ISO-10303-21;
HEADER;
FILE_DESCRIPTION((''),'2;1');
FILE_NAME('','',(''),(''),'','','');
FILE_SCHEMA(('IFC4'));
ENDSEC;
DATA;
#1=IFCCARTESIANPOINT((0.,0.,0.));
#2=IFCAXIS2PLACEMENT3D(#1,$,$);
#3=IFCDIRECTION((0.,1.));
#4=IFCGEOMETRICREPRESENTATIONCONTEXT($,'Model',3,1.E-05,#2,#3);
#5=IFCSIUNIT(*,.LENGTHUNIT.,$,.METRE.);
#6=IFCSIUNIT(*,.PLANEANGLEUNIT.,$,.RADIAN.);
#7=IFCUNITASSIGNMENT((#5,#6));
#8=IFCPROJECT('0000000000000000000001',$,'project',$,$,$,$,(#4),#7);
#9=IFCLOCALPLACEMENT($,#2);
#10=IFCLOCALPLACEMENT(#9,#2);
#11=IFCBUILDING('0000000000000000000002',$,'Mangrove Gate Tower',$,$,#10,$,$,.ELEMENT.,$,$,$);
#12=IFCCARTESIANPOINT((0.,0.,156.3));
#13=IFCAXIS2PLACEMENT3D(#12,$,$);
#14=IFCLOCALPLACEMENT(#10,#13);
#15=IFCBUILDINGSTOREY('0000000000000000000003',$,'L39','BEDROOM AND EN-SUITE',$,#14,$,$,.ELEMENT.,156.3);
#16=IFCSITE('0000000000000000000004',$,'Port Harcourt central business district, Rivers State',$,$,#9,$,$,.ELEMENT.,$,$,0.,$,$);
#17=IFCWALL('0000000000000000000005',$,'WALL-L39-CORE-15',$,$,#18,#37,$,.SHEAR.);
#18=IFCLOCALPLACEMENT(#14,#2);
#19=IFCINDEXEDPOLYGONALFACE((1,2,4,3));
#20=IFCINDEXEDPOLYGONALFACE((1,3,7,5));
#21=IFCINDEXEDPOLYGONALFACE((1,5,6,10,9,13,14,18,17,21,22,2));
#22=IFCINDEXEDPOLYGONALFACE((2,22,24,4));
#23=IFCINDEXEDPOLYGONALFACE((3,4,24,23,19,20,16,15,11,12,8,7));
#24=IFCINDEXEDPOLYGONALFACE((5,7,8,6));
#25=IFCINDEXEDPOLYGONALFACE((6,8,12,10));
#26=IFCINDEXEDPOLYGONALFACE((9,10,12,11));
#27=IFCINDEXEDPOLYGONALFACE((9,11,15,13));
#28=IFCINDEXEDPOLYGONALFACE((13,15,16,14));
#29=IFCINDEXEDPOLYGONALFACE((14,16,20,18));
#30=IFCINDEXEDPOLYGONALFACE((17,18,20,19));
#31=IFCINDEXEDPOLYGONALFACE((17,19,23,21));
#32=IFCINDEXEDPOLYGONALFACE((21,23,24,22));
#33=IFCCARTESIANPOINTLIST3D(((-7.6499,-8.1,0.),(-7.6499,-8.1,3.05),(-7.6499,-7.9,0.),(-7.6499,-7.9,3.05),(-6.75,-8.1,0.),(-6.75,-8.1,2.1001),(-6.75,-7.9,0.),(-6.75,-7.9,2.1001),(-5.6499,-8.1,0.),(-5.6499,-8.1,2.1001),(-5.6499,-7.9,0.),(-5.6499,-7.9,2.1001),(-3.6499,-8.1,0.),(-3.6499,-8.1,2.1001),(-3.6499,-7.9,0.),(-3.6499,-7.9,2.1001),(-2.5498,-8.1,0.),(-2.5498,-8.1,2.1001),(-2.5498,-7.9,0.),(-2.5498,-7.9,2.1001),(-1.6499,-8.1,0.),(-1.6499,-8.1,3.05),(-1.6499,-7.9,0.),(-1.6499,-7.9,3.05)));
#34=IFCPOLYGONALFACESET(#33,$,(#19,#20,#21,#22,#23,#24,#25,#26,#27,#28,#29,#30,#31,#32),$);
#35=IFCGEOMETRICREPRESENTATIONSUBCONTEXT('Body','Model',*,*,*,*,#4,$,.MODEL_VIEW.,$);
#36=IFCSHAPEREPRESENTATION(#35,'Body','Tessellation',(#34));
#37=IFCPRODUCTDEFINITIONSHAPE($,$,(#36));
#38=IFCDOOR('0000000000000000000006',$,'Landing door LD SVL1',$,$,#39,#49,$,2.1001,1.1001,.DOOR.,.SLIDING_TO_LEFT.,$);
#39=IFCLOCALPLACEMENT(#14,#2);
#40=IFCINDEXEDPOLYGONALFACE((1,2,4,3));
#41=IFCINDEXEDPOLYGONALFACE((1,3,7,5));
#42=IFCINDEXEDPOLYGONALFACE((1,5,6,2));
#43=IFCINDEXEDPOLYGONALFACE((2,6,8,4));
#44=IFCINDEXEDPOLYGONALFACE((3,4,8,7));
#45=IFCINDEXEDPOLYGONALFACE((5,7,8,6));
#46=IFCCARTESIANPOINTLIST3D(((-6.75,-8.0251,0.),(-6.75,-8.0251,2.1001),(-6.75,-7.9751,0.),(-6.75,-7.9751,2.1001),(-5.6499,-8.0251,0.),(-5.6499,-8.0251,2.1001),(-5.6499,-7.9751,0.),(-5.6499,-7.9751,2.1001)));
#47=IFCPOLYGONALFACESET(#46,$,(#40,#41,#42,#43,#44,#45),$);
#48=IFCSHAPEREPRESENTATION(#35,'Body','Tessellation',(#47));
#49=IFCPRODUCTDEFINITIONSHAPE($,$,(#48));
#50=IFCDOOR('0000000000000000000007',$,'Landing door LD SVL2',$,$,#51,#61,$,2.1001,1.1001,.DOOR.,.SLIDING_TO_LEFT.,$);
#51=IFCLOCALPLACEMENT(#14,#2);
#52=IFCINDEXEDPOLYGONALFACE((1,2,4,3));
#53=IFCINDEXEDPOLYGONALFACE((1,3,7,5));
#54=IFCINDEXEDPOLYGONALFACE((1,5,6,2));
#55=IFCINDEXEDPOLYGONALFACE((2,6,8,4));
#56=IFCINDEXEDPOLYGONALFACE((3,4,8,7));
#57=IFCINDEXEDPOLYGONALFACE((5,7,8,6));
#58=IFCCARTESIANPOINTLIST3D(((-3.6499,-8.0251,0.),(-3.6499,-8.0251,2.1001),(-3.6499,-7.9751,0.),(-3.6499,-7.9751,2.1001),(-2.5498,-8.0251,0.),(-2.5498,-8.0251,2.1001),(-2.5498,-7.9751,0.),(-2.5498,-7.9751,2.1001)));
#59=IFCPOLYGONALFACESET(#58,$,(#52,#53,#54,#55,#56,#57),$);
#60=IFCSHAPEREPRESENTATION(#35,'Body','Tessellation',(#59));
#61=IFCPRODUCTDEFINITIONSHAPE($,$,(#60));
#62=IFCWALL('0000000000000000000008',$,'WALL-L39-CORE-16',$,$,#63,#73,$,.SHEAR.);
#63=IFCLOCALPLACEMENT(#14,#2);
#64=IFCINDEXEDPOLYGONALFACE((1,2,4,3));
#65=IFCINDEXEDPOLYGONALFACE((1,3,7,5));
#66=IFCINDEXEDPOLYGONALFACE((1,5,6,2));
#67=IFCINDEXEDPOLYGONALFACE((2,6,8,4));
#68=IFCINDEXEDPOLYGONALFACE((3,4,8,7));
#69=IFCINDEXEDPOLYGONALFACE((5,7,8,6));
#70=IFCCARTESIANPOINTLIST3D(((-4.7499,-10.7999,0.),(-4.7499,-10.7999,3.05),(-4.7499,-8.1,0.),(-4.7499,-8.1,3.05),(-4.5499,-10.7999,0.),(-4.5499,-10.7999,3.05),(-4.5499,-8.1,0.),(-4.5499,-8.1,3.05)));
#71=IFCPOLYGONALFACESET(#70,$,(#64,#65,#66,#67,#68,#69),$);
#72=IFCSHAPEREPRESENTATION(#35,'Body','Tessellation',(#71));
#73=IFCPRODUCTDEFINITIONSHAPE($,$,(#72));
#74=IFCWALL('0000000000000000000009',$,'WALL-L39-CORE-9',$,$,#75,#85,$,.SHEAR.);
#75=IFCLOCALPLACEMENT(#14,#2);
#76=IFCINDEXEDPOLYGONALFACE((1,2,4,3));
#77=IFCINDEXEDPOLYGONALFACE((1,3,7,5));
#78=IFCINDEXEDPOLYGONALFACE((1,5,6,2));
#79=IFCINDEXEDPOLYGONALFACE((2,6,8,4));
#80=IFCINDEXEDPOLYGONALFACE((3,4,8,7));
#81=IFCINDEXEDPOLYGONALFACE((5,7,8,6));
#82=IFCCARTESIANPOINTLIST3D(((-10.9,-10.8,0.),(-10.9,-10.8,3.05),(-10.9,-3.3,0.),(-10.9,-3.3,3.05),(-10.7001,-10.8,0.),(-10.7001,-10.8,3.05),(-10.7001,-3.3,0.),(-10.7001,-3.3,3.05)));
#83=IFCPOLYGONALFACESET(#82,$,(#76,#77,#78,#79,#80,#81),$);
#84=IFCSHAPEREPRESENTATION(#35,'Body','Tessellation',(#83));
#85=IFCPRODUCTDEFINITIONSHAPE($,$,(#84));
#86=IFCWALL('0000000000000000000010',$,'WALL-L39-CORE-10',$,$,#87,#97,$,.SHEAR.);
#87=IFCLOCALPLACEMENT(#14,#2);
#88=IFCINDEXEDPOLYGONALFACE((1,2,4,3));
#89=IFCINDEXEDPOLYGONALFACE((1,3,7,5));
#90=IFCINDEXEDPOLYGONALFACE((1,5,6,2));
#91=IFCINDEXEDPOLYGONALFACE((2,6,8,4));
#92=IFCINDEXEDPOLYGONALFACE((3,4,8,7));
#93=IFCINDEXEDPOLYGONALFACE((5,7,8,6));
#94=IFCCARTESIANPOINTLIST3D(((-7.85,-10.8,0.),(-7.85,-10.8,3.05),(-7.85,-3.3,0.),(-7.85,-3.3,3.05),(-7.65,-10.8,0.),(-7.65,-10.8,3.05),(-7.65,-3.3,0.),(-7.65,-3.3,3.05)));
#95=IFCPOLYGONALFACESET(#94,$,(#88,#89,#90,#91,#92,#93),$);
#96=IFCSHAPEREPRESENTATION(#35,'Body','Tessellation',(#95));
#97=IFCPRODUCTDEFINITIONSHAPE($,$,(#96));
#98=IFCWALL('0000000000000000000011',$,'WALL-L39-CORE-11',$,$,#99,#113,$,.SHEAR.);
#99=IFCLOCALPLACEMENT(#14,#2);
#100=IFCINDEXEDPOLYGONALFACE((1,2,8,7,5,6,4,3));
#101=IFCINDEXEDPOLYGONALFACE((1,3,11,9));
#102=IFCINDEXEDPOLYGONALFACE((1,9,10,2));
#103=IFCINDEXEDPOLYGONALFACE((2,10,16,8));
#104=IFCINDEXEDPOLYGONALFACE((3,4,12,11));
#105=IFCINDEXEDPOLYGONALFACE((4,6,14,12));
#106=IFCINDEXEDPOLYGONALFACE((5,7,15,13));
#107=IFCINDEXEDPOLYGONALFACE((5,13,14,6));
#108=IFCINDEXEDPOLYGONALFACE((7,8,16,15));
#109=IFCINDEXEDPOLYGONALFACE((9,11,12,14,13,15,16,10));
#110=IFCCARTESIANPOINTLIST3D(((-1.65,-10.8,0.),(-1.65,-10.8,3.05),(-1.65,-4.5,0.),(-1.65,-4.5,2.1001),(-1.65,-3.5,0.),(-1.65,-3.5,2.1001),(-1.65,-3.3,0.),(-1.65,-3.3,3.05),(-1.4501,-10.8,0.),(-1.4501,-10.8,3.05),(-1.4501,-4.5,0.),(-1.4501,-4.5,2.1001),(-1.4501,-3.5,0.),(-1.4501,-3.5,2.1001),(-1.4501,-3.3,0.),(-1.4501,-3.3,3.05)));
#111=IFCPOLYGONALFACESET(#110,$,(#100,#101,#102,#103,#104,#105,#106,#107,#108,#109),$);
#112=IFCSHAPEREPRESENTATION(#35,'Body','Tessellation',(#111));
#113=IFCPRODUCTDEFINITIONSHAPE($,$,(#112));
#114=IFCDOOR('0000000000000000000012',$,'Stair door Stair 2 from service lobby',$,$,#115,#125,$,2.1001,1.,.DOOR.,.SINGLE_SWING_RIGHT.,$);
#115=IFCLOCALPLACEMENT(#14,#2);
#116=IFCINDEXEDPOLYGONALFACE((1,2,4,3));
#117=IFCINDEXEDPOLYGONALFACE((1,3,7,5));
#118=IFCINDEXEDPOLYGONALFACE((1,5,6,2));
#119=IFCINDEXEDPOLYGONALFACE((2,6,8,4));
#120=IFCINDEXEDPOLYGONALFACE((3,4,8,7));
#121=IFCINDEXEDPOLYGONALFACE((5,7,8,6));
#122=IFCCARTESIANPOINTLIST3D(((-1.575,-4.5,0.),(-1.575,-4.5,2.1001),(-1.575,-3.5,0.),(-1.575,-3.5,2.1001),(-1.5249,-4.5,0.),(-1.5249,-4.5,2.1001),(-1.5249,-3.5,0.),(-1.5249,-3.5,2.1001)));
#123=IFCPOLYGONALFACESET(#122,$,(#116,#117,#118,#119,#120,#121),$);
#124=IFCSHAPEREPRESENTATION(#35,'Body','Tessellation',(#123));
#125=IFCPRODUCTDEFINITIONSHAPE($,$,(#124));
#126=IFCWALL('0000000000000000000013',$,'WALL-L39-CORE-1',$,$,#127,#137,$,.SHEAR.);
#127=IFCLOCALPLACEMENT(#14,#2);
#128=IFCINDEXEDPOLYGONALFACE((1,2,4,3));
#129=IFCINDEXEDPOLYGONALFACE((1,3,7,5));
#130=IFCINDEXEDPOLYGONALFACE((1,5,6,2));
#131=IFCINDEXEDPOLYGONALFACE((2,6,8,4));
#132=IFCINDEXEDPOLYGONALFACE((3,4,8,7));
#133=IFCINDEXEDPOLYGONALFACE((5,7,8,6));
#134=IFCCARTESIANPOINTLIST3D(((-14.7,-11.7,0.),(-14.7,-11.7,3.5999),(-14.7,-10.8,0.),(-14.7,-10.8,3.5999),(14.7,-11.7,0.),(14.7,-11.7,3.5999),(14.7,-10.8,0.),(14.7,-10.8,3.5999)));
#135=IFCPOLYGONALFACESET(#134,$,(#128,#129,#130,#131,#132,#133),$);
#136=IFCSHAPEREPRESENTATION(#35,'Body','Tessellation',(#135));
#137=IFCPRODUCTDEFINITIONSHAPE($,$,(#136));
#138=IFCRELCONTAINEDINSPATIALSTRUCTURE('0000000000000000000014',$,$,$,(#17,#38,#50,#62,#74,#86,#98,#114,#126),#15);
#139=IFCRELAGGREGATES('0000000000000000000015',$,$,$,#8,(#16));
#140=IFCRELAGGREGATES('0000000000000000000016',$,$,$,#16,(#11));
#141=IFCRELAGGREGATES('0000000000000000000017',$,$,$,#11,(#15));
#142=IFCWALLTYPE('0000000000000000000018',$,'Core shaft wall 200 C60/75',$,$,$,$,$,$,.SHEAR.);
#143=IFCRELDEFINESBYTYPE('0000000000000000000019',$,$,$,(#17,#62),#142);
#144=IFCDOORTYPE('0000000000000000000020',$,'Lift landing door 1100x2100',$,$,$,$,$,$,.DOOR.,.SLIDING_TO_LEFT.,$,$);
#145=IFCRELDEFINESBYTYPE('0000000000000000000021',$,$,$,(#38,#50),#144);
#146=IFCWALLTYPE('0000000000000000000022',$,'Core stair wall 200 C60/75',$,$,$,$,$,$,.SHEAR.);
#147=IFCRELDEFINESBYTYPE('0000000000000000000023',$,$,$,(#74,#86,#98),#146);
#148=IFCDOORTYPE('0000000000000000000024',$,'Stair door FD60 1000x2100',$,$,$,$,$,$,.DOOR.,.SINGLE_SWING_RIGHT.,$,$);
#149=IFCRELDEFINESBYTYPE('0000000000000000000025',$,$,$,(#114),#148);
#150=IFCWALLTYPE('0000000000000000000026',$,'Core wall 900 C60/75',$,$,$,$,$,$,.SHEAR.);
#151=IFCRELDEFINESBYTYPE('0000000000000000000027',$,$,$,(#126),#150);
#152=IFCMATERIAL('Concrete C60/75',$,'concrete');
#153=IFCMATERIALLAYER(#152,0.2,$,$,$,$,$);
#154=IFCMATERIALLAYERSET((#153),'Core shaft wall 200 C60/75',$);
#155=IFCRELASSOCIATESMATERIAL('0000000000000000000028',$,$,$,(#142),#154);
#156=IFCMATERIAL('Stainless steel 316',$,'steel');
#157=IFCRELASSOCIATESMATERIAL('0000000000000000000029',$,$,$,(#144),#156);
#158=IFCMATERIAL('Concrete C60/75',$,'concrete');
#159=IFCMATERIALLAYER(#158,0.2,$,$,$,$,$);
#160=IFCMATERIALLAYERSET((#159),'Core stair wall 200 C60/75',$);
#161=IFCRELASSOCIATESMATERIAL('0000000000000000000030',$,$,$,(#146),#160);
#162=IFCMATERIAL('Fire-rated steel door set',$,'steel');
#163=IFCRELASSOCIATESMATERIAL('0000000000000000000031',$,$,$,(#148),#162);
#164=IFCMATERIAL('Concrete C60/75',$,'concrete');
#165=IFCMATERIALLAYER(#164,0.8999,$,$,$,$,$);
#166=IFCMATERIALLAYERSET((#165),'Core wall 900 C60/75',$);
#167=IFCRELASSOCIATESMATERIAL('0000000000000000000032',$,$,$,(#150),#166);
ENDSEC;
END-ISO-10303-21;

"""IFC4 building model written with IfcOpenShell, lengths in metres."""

from ifc_helpers import new_model, si_unit, direction, frame, frame_2d, origin, place, context, subcontext, project, spatial, rectangle, extrude, material, layer, layer_set, type_object, element, fill, save


model = new_model("IFC4")

# Units and contexts
model_context = context("Model", 3, precision=1e-05, world=origin(), true_north=direction((0.0, 1.0)))
body_context = subcontext(model_context, "Body", "Model", "MODEL_VIEW")
ifc_project = project(units=[si_unit("LENGTHUNIT", "METRE"), si_unit("PLANEANGLEUNIT", "RADIAN")], contexts=[model_context])

# Site, building, storey
site_placement = place(None, origin())
site = spatial("IfcSite", under=ifc_project, at=site_placement, Name="Port Harcourt central business district, Rivers State", CompositionType="ELEMENT", RefElevation=0.0)
building_placement = place(site_placement, origin())
building = spatial("IfcBuilding", under=site, at=building_placement, Name="Mangrove Gate Tower", CompositionType="ELEMENT")
storey_placement = place(building_placement, frame((0.0, 0.0, 156.3)))
storey = spatial("IfcBuildingStorey", under=building, at=storey_placement, Name="L39", Description="BEDROOM AND EN-SUITE", CompositionType="ELEMENT", Elevation=156.3)

# Wall, openings, doors
ifc_material_1 = material(Name="Concrete C60/75", Category="concrete")
ifc_layer_1 = layer(ifc_material_1, 0.2)
ifc_layer_set_1 = layer_set([ifc_layer_1], Name="Core shaft wall 200 C60/75")
wall_type_1 = type_object("IfcWallType", Name="Core shaft wall 200 C60/75", PredefinedType="SHEAR", material=ifc_layer_set_1)
wall_1_placement = place(storey_placement, frame((-7.6499, -8.0, 0.0), z_axis=(0.0, 0.0, 1.0), x_axis=(1.0, 0.0, 0.0)))
wall_1 = element("IfcWall", 1, at=wall_1_placement, inside=storey, type_object=wall_type_1, Name="WALL-L39-CORE-15", PredefinedType="SHEAR", context=body_context, shape_type="SweptSolid", body=[
    extrude(rectangle(XDim=6.0, YDim=0.2, at=frame_2d((3.0, 0.0))), origin(), (0.0, 0.0, 1.0), 3.05),
])
opening_1_placement = place(wall_1_placement, frame((0.8999, 0.0, 0.0)))
opening_1 = element("IfcOpeningElement", 2, at=opening_1_placement, cuts=wall_1, PredefinedType="OPENING", context=body_context, shape_type="SweptSolid", body=[
    extrude(rectangle(XDim=1.1001, YDim=2.1001, at=frame_2d((0.55, 1.05))), frame((0.0, 0.1099, 0.0), z_axis=(0.0, -1.0, 0.0), x_axis=(1.0, 0.0, 0.0)), (0.0, 0.0, 1.0), 0.22),
])
opening_2_placement = place(wall_1_placement, frame((4.0, 0.0, 0.0)))
opening_2 = element("IfcOpeningElement", 3, at=opening_2_placement, cuts=wall_1, PredefinedType="OPENING", context=body_context, shape_type="SweptSolid", body=[
    extrude(rectangle(XDim=1.1001, YDim=2.1001, at=frame_2d((0.55, 1.05))), frame((0.0, 0.1099, 0.0), z_axis=(0.0, -1.0, 0.0), x_axis=(1.0, 0.0, 0.0)), (0.0, 0.0, 1.0), 0.22),
])
ifc_material_2 = material(Name="Stainless steel 316", Category="steel")
door_type_1 = type_object("IfcDoorType", Name="Lift landing door 1100x2100", OperationType="SLIDING_TO_LEFT", PredefinedType="DOOR", material=ifc_material_2)
door_1_placement = place(opening_1_placement, origin())
door_1 = element("IfcDoor", 4, at=door_1_placement, inside=storey, type_object=door_type_1, Name="Landing door LD SVL1", OperationType="SLIDING_TO_LEFT", OverallHeight=2.1001, OverallWidth=1.1001, PredefinedType="DOOR", context=body_context, shape_type="SweptSolid", body=[
    extrude(rectangle(XDim=1.1001, YDim=2.1001, at=frame_2d((0.55, 1.05))), frame((0.0, 0.0249, 0.0), z_axis=(0.0, -1.0, 0.0), x_axis=(1.0, 0.0, 0.0)), (0.0, 0.0, 1.0), 0.05),
])
fill(opening_1, door_1)
door_2_placement = place(opening_2_placement, origin())
door_2 = element("IfcDoor", 5, at=door_2_placement, inside=storey, type_object=door_type_1, Name="Landing door LD SVL2", OperationType="SLIDING_TO_LEFT", OverallHeight=2.1001, OverallWidth=1.1001, PredefinedType="DOOR", context=body_context, shape_type="SweptSolid", body=[
    extrude(rectangle(XDim=1.1001, YDim=2.1001, at=frame_2d((0.55, 1.05))), frame((0.0, 0.0249, 0.0), z_axis=(0.0, -1.0, 0.0), x_axis=(1.0, 0.0, 0.0)), (0.0, 0.0, 1.0), 0.05),
])
fill(opening_2, door_2)

# Walls
wall_2_placement = place(storey_placement, frame((-4.6499, -10.8, 0.0), z_axis=(0.0, 0.0, 1.0), x_axis=(0.0, 1.0, 0.0)))
element("IfcWall", 6, at=wall_2_placement, inside=storey, type_object=wall_type_1, Name="WALL-L39-CORE-16", PredefinedType="SHEAR", context=body_context, shape_type="SweptSolid", body=[
    extrude(rectangle(XDim=2.7, YDim=0.2, at=frame_2d((1.3501, 0.0))), origin(), (0.0, 0.0, 1.0), 3.05),
])
ifc_material_3 = material(Name="Concrete C60/75", Category="concrete")
ifc_layer_2 = layer(ifc_material_3, 0.2)
ifc_layer_set_2 = layer_set([ifc_layer_2], Name="Core stair wall 200 C60/75")
wall_type_2 = type_object("IfcWallType", Name="Core stair wall 200 C60/75", PredefinedType="SHEAR", material=ifc_layer_set_2)
for number, where, z_axis, x_axis, name in (
    (7, (-10.8, -10.8, 0.0), (0.0, 0.0, 1.0), (0.0, 1.0, 0.0), "WALL-L39-CORE-9"),
    (8, (-7.75, -10.8, 0.0), (0.0, 0.0, 1.0), (0.0, 1.0, 0.0), "WALL-L39-CORE-10"),
):
    element("IfcWall", number, at=place(storey_placement, frame(where, z_axis=z_axis, x_axis=x_axis)), inside=storey, type_object=wall_type_2, Name=name, PredefinedType="SHEAR", context=body_context, shape_type="SweptSolid", body=[
        extrude(rectangle(XDim=7.5, YDim=0.2, at=frame_2d((3.75, 0.0))), origin(), (0.0, 0.0, 1.0), 3.05),
    ])

# Wall, opening, door
wall_3_placement = place(storey_placement, frame((-1.55, -10.8, 0.0), z_axis=(0.0, 0.0, 1.0), x_axis=(0.0, 1.0, 0.0)))
wall_3 = element("IfcWall", 9, at=wall_3_placement, inside=storey, type_object=wall_type_2, Name="WALL-L39-CORE-11", PredefinedType="SHEAR", context=body_context, shape_type="SweptSolid", body=[
    extrude(rectangle(XDim=7.5, YDim=0.2, at=frame_2d((3.75, 0.0))), origin(), (0.0, 0.0, 1.0), 3.05),
])
opening_3_placement = place(wall_3_placement, frame((6.3, 0.0, 0.0)))
opening_3 = element("IfcOpeningElement", 10, at=opening_3_placement, cuts=wall_3, PredefinedType="OPENING", context=body_context, shape_type="SweptSolid", body=[
    extrude(rectangle(XDim=1.0, YDim=2.1001, at=frame_2d((0.5, 1.05))), frame((0.0, 0.1099, 0.0), z_axis=(0.0, -1.0, 0.0), x_axis=(1.0, 0.0, 0.0)), (0.0, 0.0, 1.0), 0.22),
])
ifc_material_4 = material(Name="Fire-rated steel door set", Category="steel")
door_type_2 = type_object("IfcDoorType", Name="Stair door FD60 1000x2100", OperationType="SINGLE_SWING_RIGHT", PredefinedType="DOOR", material=ifc_material_4)
door_3_placement = place(opening_3_placement, origin())
door_3 = element("IfcDoor", 11, at=door_3_placement, inside=storey, type_object=door_type_2, Name="Stair door Stair 2 from service lobby", OperationType="SINGLE_SWING_RIGHT", OverallHeight=2.1001, OverallWidth=1.0, PredefinedType="DOOR", context=body_context, shape_type="SweptSolid", body=[
    extrude(rectangle(XDim=1.0, YDim=2.1001, at=frame_2d((0.5, 1.05))), frame((0.0, 0.0249, 0.0), z_axis=(0.0, -1.0, 0.0), x_axis=(1.0, 0.0, 0.0)), (0.0, 0.0, 1.0), 0.05),
])
fill(opening_3, door_3)

# Wall
ifc_material_5 = material(Name="Concrete C60/75", Category="concrete")
ifc_layer_3 = layer(ifc_material_5, 0.8999)
ifc_layer_set_3 = layer_set([ifc_layer_3], Name="Core wall 900 C60/75")
wall_type_3 = type_object("IfcWallType", Name="Core wall 900 C60/75", PredefinedType="SHEAR", material=ifc_layer_set_3)
wall_4_placement = place(storey_placement, frame((-14.7, -11.25, 0.0), z_axis=(0.0, 0.0, 1.0), x_axis=(1.0, 0.0, 0.0)))
element("IfcWall", 12, at=wall_4_placement, inside=storey, type_object=wall_type_3, Name="WALL-L39-CORE-1", PredefinedType="SHEAR", context=body_context, shape_type="SweptSolid", body=[
    extrude(rectangle(XDim=29.3999, YDim=0.8999, at=frame_2d((14.7, 0.0))), origin(), (0.0, 0.0, 1.0), 3.5999),
])

save(model, "model.ifc")
